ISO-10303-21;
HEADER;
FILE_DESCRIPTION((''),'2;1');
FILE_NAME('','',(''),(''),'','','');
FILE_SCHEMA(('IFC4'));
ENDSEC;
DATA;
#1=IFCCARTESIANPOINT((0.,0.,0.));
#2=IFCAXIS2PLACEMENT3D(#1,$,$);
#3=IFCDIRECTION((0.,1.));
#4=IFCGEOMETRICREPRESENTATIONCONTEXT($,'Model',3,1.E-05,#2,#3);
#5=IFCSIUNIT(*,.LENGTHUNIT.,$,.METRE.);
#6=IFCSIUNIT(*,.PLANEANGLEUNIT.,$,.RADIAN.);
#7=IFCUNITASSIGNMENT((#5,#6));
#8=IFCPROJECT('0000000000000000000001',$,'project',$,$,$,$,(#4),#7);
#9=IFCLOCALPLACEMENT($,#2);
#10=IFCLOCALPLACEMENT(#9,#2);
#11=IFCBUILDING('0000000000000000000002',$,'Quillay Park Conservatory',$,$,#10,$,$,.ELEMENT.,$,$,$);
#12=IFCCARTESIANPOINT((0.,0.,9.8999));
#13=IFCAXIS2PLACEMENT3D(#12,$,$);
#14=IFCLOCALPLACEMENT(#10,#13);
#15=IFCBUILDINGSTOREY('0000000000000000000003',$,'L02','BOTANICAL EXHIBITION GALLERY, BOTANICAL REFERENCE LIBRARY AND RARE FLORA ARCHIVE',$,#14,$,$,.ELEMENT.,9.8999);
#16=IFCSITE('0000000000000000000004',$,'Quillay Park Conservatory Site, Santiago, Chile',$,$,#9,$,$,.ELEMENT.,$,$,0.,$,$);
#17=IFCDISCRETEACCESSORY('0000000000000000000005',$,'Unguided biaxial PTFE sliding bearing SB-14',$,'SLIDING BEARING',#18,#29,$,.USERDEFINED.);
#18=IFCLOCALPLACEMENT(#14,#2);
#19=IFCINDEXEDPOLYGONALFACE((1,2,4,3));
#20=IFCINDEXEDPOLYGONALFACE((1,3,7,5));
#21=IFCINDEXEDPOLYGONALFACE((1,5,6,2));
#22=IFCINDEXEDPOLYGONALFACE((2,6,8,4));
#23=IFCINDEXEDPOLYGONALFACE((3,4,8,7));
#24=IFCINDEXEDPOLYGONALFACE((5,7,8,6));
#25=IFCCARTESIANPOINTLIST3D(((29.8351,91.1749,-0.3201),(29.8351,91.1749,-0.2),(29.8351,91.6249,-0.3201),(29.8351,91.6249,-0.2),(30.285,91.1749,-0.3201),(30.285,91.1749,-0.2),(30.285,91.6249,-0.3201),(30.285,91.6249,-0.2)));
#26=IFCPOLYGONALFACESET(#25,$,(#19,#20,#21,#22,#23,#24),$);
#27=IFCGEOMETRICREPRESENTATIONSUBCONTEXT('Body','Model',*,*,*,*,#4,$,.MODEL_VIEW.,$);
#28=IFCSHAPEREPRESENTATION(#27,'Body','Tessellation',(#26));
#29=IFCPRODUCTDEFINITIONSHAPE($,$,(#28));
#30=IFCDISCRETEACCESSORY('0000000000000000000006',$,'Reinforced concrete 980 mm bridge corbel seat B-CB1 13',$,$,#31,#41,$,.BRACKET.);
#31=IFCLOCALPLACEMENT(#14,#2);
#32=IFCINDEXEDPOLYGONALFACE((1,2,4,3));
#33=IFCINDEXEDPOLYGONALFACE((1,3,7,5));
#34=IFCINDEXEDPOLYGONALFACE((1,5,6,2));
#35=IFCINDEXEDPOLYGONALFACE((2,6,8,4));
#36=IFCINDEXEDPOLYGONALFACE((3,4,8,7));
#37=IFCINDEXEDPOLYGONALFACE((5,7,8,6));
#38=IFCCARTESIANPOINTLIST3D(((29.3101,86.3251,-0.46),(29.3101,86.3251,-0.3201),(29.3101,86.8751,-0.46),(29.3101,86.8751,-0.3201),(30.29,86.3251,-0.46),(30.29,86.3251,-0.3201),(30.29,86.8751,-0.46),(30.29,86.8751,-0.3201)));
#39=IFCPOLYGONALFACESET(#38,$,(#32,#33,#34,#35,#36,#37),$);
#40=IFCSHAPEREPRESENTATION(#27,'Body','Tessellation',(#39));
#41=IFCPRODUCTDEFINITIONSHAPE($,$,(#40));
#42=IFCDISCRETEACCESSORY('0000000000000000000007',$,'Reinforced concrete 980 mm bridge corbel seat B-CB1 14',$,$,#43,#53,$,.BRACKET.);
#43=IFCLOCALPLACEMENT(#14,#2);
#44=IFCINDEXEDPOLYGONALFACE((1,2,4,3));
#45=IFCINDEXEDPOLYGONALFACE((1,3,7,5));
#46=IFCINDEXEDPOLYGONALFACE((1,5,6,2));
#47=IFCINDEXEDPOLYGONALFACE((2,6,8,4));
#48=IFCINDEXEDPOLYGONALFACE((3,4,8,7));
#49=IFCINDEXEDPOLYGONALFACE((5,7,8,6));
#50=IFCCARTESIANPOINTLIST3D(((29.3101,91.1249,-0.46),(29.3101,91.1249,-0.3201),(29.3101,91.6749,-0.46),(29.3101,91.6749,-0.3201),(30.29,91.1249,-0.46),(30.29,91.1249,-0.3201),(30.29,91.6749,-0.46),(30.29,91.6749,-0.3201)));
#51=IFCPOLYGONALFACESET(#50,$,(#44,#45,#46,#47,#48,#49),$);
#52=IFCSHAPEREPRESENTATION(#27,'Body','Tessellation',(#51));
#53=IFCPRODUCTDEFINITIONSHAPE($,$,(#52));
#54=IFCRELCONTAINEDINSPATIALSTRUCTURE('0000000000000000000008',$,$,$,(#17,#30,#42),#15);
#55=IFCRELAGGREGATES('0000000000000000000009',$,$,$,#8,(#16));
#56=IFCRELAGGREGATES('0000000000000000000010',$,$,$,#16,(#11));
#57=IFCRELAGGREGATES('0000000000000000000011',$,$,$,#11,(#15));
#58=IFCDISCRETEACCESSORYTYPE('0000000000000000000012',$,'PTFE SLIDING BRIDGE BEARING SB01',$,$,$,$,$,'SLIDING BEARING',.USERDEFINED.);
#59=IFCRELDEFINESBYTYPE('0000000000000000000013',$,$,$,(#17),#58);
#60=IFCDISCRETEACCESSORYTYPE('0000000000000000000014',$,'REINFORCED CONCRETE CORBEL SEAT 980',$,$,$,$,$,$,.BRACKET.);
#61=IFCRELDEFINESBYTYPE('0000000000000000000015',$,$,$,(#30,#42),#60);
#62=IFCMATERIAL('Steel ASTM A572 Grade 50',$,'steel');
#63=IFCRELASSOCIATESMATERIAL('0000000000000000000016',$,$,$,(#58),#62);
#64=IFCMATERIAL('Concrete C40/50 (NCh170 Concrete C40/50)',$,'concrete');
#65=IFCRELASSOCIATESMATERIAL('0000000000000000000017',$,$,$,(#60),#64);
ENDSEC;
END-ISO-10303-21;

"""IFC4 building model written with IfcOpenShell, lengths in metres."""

from ifc_helpers import new_model, si_unit, direction, frame, origin, origin_2d, place, context, subcontext, project, spatial, rectangle, extrude, material, type_object, element, save


model = new_model("IFC4")

# Units and contexts
model_context = context("Model", 3, precision=1e-05, world=origin(), true_north=direction((0.0, 1.0)))
body_context = subcontext(model_context, "Body", "Model", "MODEL_VIEW")
ifc_project = project(units=[si_unit("LENGTHUNIT", "METRE"), si_unit("PLANEANGLEUNIT", "RADIAN")], contexts=[model_context])

# Site, building, storey
site_placement = place(None, origin())
site = spatial("IfcSite", under=ifc_project, at=site_placement, Name="Quillay Park Conservatory Site, Santiago, Chile", CompositionType="ELEMENT", RefElevation=0.0)
building_placement = place(site_placement, origin())
building = spatial("IfcBuilding", under=site, at=building_placement, Name="Quillay Park Conservatory", CompositionType="ELEMENT")
storey_placement = place(building_placement, frame((0.0, 0.0, 9.8999)))
storey = spatial("IfcBuildingStorey", under=building, at=storey_placement, Name="L02", Description="BOTANICAL EXHIBITION GALLERY, BOTANICAL REFERENCE LIBRARY AND RARE FLORA ARCHIVE", CompositionType="ELEMENT", Elevation=9.8999)

# Discrete accessories
ifc_material_1 = material(Name="Steel ASTM A572 Grade 50", Category="steel")
discrete_accessory_type_1 = type_object("IfcDiscreteAccessoryType", Name="PTFE SLIDING BRIDGE BEARING SB01", ElementType="SLIDING BEARING", PredefinedType="USERDEFINED", material=ifc_material_1)
for number, where, z_axis, x_axis, name in (
    (1, (30.0601, 91.3999, -0.3201), (0.0, 0.0, 1.0), (1.0, 0.0, 0.0), "Unguided biaxial PTFE sliding bearing SB-14"),
):
    element("IfcDiscreteAccessory", number, at=place(storey_placement, frame(where, z_axis=z_axis, x_axis=x_axis)), inside=storey, type_object=discrete_accessory_type_1, Name=name, ObjectType="SLIDING BEARING", PredefinedType="USERDEFINED", context=body_context, shape_type="SweptSolid", body=[
        extrude(rectangle(XDim=0.45, YDim=0.45, at=origin_2d()), origin(), (0.0, 0.0, 1.0), 0.1201),
    ])
ifc_material_2 = material(Name="Concrete C40/50 (NCh170 Concrete C40/50)", Category="concrete")
discrete_accessory_type_2 = type_object("IfcDiscreteAccessoryType", Name="REINFORCED CONCRETE CORBEL SEAT 980", PredefinedType="BRACKET", material=ifc_material_2)
for number, where, z_axis, x_axis, name in (
    (2, (29.8, 86.6001, -0.46), (0.0, 0.0, 1.0), (1.0, 0.0, 0.0), "Reinforced concrete 980 mm bridge corbel seat B-CB1 13"),
    (3, (29.8, 91.3999, -0.46), (0.0, 0.0, 1.0), (1.0, 0.0, 0.0), "Reinforced concrete 980 mm bridge corbel seat B-CB1 14"),
):
    element("IfcDiscreteAccessory", number, at=place(storey_placement, frame(where, z_axis=z_axis, x_axis=x_axis)), inside=storey, type_object=discrete_accessory_type_2, Name=name, PredefinedType="BRACKET", context=body_context, shape_type="SweptSolid", body=[
        extrude(rectangle(XDim=0.98, YDim=0.55, at=origin_2d()), origin(), (0.0, 0.0, 1.0), 0.1399),
    ])

save(model, "model.ifc")
